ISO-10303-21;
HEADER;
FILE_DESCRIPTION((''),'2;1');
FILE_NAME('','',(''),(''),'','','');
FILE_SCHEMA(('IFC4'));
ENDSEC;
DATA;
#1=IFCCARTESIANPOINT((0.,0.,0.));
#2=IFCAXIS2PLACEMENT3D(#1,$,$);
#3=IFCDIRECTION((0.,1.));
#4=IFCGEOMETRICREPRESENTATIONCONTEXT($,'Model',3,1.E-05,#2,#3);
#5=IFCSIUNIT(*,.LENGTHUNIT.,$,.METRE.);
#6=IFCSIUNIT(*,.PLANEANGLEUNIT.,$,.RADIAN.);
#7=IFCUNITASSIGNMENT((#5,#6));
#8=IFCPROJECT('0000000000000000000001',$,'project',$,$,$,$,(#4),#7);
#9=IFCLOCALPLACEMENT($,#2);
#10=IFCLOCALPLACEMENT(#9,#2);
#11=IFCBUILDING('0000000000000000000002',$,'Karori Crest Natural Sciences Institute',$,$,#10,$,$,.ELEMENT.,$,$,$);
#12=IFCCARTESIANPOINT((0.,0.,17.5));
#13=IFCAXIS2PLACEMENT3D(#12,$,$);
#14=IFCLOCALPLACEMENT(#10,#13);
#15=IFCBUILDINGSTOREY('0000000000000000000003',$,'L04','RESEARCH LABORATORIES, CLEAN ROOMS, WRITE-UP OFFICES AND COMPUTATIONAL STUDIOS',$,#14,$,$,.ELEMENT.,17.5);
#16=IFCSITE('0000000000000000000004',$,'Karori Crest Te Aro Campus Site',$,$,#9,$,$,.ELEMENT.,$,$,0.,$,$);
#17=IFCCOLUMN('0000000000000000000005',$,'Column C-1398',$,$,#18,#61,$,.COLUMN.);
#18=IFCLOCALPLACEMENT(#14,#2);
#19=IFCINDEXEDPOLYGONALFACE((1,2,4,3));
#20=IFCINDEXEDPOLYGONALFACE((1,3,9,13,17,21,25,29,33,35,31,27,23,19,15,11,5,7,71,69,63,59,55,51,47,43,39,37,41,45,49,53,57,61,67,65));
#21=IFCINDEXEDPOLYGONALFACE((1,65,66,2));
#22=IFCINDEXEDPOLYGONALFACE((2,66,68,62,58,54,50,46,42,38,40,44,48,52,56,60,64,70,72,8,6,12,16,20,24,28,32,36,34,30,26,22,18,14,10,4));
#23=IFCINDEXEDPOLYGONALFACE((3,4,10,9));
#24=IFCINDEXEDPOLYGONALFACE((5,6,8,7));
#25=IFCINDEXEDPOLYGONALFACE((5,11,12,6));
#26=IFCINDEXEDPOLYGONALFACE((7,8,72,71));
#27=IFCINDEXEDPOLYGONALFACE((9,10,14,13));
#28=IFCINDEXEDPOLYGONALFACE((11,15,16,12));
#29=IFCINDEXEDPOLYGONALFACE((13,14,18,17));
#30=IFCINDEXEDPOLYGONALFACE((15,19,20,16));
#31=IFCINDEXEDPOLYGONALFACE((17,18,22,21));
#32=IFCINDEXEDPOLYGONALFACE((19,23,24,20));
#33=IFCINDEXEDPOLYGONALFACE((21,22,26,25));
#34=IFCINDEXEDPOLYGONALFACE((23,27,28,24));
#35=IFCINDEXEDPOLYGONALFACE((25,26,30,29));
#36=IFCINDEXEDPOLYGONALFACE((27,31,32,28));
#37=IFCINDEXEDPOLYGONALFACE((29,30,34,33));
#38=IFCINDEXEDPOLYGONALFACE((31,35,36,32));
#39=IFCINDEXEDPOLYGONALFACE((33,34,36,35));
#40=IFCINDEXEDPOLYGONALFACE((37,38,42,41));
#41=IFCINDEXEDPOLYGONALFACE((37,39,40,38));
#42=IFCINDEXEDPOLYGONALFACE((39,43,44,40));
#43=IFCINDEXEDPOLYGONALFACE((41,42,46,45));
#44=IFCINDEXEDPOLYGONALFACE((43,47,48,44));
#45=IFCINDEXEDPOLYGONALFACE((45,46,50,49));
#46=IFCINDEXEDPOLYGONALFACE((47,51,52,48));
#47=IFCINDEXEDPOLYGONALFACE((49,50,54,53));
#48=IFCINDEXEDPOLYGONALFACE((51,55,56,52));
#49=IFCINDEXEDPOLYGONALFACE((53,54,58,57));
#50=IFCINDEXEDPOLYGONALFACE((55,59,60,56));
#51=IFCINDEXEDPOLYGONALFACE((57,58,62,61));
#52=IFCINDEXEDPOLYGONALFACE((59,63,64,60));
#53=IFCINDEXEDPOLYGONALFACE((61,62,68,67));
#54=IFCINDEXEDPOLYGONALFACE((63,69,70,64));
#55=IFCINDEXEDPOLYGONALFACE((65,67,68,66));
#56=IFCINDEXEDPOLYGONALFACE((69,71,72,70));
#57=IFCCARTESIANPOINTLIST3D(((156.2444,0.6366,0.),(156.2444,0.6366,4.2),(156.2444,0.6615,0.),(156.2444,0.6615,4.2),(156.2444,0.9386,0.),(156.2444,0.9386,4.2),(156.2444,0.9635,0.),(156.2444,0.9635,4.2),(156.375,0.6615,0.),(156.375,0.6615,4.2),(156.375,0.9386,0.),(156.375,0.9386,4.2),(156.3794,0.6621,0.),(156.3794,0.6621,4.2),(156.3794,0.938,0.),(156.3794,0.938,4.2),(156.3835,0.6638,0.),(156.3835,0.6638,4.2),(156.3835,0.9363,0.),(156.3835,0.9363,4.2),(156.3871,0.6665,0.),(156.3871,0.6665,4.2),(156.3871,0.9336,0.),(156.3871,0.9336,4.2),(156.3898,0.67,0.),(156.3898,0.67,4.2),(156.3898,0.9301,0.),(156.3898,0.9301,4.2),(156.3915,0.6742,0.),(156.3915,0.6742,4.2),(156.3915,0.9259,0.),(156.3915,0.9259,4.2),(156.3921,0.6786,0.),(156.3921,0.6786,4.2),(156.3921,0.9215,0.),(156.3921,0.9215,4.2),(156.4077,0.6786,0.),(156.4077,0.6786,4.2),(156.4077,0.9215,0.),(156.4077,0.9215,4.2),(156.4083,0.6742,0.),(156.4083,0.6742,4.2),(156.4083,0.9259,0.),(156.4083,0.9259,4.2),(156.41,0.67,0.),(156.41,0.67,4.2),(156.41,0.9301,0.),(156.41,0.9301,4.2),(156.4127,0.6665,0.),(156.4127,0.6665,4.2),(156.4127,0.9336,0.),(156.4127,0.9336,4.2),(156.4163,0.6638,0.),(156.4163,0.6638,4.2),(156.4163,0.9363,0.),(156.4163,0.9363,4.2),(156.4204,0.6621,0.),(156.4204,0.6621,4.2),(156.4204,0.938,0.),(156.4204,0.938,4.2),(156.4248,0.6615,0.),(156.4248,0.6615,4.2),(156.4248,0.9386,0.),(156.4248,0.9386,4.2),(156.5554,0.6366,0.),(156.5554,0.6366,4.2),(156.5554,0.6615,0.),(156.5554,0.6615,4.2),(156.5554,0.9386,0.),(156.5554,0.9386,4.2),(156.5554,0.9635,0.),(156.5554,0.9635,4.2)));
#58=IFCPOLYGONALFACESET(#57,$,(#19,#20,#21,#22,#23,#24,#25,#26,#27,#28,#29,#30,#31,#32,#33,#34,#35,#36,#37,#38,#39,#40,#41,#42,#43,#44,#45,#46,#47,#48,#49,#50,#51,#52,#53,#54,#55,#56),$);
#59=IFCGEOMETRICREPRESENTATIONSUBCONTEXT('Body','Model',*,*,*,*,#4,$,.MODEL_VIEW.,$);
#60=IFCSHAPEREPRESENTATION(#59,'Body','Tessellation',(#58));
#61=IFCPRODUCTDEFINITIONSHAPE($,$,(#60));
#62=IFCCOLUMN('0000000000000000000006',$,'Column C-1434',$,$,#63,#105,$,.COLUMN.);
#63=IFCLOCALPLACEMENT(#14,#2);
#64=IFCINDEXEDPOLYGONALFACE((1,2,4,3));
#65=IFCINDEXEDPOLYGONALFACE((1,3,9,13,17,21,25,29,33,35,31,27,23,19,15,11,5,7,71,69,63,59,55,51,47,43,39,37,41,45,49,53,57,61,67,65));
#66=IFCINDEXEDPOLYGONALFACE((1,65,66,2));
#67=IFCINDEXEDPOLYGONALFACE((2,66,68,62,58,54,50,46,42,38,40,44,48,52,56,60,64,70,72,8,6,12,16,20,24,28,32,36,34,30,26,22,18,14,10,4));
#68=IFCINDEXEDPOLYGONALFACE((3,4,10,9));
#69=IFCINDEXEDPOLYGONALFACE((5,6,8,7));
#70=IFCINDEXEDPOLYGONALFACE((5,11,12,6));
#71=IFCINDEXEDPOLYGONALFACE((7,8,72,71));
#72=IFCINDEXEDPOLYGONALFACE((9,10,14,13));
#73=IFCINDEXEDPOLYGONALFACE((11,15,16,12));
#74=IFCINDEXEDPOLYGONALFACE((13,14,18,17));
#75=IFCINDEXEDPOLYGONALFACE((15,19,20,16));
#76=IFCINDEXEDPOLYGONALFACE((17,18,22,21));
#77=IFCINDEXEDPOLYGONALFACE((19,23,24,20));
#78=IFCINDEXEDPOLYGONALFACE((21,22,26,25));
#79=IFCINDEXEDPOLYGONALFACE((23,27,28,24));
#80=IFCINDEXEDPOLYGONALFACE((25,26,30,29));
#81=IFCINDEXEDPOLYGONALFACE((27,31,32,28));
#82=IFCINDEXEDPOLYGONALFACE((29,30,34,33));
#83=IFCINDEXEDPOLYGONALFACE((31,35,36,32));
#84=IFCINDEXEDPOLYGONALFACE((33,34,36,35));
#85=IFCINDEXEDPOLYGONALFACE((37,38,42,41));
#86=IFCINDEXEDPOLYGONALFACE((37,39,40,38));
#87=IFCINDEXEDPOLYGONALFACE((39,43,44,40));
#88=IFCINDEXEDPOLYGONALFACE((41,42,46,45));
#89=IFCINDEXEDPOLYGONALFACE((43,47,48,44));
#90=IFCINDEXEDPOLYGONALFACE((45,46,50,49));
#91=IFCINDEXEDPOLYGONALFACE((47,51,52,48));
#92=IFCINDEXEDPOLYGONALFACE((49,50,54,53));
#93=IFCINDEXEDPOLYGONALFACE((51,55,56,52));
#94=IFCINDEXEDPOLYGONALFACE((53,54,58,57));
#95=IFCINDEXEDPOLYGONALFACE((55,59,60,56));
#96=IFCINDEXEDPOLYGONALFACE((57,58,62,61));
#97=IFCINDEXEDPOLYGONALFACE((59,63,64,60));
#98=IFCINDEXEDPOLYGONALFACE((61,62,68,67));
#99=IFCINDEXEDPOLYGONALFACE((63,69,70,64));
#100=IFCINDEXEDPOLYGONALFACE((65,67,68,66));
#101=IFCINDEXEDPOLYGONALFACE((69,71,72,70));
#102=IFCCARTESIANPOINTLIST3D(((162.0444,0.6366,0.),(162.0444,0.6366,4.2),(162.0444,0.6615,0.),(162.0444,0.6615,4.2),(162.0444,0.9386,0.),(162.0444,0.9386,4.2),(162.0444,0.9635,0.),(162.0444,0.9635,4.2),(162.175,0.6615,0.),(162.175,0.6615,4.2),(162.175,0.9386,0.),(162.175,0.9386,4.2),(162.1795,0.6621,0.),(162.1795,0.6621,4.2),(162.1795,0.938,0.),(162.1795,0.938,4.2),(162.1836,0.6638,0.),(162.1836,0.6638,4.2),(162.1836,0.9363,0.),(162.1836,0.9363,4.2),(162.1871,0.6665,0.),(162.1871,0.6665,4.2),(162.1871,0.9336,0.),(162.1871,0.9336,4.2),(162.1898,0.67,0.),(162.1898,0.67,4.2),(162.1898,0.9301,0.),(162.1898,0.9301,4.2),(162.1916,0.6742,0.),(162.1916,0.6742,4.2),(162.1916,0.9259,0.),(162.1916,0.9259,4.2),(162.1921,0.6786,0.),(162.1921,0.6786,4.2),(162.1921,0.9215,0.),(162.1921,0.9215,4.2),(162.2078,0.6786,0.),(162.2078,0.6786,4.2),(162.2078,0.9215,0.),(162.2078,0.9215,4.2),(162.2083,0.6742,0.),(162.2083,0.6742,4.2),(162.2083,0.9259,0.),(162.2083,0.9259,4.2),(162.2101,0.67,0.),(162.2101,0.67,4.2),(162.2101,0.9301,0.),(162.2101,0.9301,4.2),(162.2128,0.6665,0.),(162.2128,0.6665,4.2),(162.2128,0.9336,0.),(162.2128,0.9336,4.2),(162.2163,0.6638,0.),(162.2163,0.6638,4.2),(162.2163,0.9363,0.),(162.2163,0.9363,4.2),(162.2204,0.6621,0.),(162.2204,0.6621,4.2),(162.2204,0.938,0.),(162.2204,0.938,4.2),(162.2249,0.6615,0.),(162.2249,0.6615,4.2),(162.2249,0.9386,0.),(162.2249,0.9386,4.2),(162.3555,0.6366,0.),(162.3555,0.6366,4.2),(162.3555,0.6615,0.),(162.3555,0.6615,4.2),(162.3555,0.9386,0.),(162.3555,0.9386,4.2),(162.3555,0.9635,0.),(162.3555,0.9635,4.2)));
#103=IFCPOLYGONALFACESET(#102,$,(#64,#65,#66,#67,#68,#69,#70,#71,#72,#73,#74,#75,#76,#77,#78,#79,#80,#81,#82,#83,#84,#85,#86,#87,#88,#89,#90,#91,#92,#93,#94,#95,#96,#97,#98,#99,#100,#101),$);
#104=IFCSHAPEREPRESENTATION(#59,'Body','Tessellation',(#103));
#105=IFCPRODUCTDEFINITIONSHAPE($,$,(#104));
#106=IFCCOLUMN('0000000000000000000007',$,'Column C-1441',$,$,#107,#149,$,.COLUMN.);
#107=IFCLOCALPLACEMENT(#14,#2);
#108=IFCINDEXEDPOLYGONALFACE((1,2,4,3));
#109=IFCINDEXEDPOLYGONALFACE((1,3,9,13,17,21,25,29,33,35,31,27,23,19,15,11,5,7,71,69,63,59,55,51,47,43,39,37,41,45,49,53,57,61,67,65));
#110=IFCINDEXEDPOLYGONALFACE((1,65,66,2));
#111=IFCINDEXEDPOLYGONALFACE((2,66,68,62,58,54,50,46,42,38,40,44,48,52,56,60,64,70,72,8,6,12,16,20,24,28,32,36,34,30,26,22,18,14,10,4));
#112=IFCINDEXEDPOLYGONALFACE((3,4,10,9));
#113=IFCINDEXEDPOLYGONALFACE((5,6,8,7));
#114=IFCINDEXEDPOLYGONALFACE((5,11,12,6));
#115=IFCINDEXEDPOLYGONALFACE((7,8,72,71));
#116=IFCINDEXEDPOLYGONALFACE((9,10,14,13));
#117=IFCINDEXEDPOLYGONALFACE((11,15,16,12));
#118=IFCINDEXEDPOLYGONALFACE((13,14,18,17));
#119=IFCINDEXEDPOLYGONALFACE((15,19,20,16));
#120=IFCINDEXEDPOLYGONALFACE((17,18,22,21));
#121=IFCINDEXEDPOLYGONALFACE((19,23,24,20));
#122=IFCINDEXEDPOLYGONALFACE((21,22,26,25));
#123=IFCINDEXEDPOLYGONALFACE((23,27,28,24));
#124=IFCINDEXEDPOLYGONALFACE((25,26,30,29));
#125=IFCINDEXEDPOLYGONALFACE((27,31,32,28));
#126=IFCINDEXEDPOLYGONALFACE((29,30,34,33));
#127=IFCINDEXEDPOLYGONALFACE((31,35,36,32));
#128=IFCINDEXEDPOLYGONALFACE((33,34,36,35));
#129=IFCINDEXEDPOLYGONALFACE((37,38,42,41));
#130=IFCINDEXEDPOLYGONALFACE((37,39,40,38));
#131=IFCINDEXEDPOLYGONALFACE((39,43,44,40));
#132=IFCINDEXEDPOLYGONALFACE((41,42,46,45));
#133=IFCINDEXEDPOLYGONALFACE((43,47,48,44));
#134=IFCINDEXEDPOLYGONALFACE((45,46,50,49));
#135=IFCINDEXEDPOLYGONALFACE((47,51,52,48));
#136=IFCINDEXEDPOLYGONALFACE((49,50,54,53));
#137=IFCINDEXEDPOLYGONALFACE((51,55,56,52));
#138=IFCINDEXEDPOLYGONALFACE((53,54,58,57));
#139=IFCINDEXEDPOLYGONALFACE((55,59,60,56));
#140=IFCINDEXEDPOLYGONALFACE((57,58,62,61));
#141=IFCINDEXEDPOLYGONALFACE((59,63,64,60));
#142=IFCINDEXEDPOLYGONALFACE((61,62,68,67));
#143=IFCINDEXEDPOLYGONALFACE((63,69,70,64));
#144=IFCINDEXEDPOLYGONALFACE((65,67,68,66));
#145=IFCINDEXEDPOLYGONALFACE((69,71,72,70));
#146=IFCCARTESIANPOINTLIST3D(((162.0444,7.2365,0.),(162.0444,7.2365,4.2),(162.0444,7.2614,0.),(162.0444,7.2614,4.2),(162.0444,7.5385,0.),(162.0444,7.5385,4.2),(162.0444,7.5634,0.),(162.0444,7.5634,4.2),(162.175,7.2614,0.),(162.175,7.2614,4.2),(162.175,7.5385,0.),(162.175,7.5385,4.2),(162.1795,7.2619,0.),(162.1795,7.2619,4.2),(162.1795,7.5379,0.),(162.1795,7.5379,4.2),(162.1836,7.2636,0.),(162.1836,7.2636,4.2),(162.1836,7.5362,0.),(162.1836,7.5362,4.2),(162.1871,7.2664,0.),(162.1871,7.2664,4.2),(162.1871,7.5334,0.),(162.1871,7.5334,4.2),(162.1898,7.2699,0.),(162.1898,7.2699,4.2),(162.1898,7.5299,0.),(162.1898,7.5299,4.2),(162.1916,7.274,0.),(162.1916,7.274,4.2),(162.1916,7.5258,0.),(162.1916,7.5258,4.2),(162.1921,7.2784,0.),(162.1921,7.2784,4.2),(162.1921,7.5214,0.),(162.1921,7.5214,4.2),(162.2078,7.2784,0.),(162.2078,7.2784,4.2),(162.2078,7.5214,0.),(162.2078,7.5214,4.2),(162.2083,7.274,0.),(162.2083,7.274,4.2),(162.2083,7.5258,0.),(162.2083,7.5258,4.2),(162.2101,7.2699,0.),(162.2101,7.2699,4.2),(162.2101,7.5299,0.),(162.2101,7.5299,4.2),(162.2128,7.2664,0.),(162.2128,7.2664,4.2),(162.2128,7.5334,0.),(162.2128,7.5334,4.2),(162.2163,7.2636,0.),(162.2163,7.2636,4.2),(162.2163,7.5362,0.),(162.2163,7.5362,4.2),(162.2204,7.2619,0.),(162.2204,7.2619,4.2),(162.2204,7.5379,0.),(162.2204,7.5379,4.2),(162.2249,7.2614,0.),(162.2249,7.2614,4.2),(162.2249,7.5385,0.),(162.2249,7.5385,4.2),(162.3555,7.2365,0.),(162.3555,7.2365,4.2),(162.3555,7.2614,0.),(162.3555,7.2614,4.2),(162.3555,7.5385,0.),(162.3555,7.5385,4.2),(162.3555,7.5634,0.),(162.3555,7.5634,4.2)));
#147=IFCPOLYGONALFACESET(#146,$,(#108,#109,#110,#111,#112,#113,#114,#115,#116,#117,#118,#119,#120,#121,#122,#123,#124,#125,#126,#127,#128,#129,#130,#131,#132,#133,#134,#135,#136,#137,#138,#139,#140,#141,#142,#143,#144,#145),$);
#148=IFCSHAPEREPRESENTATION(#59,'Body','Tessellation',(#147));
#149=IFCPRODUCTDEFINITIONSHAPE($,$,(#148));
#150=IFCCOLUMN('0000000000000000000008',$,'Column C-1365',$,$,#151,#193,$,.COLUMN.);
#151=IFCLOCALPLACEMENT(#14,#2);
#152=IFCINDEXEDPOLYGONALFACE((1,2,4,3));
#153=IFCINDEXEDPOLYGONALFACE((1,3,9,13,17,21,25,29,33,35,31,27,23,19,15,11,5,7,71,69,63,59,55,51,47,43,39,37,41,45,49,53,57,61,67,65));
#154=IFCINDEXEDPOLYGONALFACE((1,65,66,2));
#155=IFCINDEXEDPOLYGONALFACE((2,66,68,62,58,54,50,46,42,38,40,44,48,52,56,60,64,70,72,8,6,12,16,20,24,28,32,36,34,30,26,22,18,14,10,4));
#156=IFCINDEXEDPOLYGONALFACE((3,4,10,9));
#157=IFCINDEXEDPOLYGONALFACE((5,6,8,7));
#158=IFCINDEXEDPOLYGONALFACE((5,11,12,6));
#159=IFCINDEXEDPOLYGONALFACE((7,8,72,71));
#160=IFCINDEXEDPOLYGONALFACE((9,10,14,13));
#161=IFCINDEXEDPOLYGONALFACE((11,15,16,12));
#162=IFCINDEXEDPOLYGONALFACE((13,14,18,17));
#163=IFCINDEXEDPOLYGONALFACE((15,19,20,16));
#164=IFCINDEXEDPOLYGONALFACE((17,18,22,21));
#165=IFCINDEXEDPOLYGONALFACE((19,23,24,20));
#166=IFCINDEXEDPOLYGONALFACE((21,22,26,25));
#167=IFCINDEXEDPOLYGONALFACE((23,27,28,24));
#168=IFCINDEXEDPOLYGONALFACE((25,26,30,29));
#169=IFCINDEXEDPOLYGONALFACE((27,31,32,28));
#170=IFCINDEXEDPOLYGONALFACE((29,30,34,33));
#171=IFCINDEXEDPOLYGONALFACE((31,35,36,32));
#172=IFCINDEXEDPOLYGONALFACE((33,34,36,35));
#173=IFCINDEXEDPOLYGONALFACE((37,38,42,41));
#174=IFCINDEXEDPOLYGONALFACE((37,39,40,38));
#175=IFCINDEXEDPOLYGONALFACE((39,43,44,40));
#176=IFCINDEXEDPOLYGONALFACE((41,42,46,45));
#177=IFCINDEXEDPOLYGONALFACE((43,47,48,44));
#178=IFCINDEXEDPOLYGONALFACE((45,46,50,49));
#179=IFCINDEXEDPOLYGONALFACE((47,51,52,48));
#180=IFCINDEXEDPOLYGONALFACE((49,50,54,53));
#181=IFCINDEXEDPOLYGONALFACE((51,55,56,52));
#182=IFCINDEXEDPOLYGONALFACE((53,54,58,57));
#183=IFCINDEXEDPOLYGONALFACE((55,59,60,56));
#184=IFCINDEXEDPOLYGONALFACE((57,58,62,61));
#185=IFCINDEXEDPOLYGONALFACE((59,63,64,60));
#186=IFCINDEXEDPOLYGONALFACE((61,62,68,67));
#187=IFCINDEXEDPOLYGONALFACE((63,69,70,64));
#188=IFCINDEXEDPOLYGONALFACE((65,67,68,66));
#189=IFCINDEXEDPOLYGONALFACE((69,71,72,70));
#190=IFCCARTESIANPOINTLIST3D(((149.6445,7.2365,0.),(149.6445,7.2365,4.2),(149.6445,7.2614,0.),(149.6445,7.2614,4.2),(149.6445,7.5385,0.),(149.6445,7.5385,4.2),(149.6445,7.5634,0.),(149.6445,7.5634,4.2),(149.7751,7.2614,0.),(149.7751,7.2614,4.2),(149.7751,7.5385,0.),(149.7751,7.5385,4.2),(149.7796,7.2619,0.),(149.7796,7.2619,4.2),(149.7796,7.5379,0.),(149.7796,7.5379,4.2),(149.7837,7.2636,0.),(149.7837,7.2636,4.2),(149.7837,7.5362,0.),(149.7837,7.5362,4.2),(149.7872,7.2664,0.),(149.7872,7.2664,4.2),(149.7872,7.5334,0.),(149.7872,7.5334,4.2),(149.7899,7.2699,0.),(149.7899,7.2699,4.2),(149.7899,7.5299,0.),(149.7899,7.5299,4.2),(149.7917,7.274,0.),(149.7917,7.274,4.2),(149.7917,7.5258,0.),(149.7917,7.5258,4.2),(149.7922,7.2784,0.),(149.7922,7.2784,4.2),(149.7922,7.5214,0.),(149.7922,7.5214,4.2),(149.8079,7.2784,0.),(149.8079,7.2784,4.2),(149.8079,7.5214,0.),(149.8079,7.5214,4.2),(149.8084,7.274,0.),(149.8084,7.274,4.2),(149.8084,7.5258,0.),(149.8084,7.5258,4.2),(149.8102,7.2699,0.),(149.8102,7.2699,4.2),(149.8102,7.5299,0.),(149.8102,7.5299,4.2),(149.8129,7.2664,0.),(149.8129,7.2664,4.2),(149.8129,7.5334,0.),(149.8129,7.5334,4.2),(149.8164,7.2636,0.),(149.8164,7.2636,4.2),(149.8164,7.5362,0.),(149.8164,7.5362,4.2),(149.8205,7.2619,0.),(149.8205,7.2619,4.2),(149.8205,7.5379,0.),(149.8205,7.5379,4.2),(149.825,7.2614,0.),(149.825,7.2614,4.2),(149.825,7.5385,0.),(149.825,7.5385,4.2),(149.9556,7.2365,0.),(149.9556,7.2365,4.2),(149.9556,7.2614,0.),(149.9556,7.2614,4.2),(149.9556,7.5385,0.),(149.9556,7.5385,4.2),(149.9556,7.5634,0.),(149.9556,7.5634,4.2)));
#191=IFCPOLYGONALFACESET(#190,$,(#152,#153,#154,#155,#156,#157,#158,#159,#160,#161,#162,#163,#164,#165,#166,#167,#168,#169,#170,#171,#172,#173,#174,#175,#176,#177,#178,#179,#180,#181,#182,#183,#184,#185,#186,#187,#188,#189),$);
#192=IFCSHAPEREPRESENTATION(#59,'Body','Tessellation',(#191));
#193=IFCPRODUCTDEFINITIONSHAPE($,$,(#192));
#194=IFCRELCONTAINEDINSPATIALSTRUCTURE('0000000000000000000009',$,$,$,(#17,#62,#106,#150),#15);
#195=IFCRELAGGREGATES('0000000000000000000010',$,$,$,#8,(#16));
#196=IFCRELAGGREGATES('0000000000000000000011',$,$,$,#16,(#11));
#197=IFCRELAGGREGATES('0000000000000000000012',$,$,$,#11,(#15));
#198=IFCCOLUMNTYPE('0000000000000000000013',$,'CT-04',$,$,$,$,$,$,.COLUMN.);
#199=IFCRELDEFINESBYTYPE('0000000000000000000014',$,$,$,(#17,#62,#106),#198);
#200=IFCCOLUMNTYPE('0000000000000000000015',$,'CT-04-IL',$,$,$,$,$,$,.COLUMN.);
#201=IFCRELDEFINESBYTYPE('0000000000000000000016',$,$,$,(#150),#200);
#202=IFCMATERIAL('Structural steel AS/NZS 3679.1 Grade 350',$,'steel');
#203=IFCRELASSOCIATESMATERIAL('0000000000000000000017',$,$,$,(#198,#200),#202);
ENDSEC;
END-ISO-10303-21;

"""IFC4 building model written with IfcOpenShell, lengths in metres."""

from ifc_helpers import new_model, si_unit, direction, frame, origin, origin_2d, place, context, subcontext, project, spatial, i_section, extrude, material, material_profile, profile_set, type_object, element, save


model = new_model("IFC4")

# Units and contexts
model_context = context("Model", 3, precision=1e-05, world=origin(), true_north=direction((0.0, 1.0)))
body_context = subcontext(model_context, "Body", "Model", "MODEL_VIEW")
ifc_project = project(units=[si_unit("LENGTHUNIT", "METRE"), si_unit("PLANEANGLEUNIT", "RADIAN")], contexts=[model_context])

# Site, building, storey
site_placement = place(None, origin())
site = spatial("IfcSite", under=ifc_project, at=site_placement, Name="Karori Crest Te Aro Campus Site", CompositionType="ELEMENT", RefElevation=0.0)
building_placement = place(site_placement, origin())
building = spatial("IfcBuilding", under=site, at=building_placement, Name="Karori Crest Natural Sciences Institute", CompositionType="ELEMENT")
storey_placement = place(building_placement, frame((0.0, 0.0, 17.5)))
storey = spatial("IfcBuildingStorey", under=building, at=storey_placement, Name="L04", Description="RESEARCH LABORATORIES, CLEAN ROOMS, WRITE-UP OFFICES AND COMPUTATIONAL STUDIOS", CompositionType="ELEMENT", Elevation=17.5)

# Columns
ifc_material_1 = material(Name="Structural steel AS/NZS 3679.1 Grade 350", Category="steel")
ifc_material_profile_1 = material_profile(ifc_material_1, i_section(OverallWidth=0.311, OverallDepth=0.3269, WebThickness=0.0156, FlangeThickness=0.0249, FilletRadius=0.0171, at=origin_2d()), Name="310UC158")
ifc_profile_set_1 = profile_set([ifc_material_profile_1], Name="Structural steel AS/NZS 3679.1 Grade 350")
column_type_1 = type_object("IfcColumnType", Name="CT-04", PredefinedType="COLUMN", material=ifc_profile_set_1)
for number, where, z_axis, x_axis, name in (
    (1, (156.3999, 0.8, 0.0), (0.0, 0.0, 1.0), (1.0, 0.0, 0.0), "Column C-1398"),
    (2, (162.2, 0.8, 0.0), (0.0, 0.0, 1.0), (1.0, 0.0, 0.0), "Column C-1434"),
    (3, (162.2, 7.3999, 0.0), (0.0, 0.0, 1.0), (1.0, 0.0, 0.0), "Column C-1441"),
):
    element("IfcColumn", number, at=place(storey_placement, frame(where, z_axis=z_axis, x_axis=x_axis)), inside=storey, type_object=column_type_1, Name=name, PredefinedType="COLUMN", context=body_context, shape_type="SweptSolid", body=[
        extrude(i_section(OverallWidth=0.311, OverallDepth=0.3269, WebThickness=0.0156, FlangeThickness=0.0249, FilletRadius=0.0171, at=origin_2d()), origin(), (0.0, 0.0, 1.0), 4.2),
    ])
ifc_material_profile_2 = material_profile(ifc_material_1, i_section(OverallWidth=0.311, OverallDepth=0.3269, WebThickness=0.0156, FlangeThickness=0.0249, FilletRadius=0.0171, at=origin_2d()), Name="310UC158")
ifc_profile_set_2 = profile_set([ifc_material_profile_2], Name="Structural steel AS/NZS 3679.1 Grade 350")
column_type_2 = type_object("IfcColumnType", Name="CT-04-IL", PredefinedType="COLUMN", material=ifc_profile_set_2)
for number, where, z_axis, x_axis, name in (
    (4, (149.8, 7.3999, 0.0), (0.0, 0.0, 1.0), (1.0, 0.0, 0.0), "Column C-1365"),
):
    element("IfcColumn", number, at=place(storey_placement, frame(where, z_axis=z_axis, x_axis=x_axis)), inside=storey, type_object=column_type_2, Name=name, PredefinedType="COLUMN", context=body_context, shape_type="SweptSolid", body=[
        extrude(i_section(OverallWidth=0.311, OverallDepth=0.3269, WebThickness=0.0156, FlangeThickness=0.0249, FilletRadius=0.0171, at=origin_2d()), origin(), (0.0, 0.0, 1.0), 4.2),
    ])

save(model, "model.ifc")
